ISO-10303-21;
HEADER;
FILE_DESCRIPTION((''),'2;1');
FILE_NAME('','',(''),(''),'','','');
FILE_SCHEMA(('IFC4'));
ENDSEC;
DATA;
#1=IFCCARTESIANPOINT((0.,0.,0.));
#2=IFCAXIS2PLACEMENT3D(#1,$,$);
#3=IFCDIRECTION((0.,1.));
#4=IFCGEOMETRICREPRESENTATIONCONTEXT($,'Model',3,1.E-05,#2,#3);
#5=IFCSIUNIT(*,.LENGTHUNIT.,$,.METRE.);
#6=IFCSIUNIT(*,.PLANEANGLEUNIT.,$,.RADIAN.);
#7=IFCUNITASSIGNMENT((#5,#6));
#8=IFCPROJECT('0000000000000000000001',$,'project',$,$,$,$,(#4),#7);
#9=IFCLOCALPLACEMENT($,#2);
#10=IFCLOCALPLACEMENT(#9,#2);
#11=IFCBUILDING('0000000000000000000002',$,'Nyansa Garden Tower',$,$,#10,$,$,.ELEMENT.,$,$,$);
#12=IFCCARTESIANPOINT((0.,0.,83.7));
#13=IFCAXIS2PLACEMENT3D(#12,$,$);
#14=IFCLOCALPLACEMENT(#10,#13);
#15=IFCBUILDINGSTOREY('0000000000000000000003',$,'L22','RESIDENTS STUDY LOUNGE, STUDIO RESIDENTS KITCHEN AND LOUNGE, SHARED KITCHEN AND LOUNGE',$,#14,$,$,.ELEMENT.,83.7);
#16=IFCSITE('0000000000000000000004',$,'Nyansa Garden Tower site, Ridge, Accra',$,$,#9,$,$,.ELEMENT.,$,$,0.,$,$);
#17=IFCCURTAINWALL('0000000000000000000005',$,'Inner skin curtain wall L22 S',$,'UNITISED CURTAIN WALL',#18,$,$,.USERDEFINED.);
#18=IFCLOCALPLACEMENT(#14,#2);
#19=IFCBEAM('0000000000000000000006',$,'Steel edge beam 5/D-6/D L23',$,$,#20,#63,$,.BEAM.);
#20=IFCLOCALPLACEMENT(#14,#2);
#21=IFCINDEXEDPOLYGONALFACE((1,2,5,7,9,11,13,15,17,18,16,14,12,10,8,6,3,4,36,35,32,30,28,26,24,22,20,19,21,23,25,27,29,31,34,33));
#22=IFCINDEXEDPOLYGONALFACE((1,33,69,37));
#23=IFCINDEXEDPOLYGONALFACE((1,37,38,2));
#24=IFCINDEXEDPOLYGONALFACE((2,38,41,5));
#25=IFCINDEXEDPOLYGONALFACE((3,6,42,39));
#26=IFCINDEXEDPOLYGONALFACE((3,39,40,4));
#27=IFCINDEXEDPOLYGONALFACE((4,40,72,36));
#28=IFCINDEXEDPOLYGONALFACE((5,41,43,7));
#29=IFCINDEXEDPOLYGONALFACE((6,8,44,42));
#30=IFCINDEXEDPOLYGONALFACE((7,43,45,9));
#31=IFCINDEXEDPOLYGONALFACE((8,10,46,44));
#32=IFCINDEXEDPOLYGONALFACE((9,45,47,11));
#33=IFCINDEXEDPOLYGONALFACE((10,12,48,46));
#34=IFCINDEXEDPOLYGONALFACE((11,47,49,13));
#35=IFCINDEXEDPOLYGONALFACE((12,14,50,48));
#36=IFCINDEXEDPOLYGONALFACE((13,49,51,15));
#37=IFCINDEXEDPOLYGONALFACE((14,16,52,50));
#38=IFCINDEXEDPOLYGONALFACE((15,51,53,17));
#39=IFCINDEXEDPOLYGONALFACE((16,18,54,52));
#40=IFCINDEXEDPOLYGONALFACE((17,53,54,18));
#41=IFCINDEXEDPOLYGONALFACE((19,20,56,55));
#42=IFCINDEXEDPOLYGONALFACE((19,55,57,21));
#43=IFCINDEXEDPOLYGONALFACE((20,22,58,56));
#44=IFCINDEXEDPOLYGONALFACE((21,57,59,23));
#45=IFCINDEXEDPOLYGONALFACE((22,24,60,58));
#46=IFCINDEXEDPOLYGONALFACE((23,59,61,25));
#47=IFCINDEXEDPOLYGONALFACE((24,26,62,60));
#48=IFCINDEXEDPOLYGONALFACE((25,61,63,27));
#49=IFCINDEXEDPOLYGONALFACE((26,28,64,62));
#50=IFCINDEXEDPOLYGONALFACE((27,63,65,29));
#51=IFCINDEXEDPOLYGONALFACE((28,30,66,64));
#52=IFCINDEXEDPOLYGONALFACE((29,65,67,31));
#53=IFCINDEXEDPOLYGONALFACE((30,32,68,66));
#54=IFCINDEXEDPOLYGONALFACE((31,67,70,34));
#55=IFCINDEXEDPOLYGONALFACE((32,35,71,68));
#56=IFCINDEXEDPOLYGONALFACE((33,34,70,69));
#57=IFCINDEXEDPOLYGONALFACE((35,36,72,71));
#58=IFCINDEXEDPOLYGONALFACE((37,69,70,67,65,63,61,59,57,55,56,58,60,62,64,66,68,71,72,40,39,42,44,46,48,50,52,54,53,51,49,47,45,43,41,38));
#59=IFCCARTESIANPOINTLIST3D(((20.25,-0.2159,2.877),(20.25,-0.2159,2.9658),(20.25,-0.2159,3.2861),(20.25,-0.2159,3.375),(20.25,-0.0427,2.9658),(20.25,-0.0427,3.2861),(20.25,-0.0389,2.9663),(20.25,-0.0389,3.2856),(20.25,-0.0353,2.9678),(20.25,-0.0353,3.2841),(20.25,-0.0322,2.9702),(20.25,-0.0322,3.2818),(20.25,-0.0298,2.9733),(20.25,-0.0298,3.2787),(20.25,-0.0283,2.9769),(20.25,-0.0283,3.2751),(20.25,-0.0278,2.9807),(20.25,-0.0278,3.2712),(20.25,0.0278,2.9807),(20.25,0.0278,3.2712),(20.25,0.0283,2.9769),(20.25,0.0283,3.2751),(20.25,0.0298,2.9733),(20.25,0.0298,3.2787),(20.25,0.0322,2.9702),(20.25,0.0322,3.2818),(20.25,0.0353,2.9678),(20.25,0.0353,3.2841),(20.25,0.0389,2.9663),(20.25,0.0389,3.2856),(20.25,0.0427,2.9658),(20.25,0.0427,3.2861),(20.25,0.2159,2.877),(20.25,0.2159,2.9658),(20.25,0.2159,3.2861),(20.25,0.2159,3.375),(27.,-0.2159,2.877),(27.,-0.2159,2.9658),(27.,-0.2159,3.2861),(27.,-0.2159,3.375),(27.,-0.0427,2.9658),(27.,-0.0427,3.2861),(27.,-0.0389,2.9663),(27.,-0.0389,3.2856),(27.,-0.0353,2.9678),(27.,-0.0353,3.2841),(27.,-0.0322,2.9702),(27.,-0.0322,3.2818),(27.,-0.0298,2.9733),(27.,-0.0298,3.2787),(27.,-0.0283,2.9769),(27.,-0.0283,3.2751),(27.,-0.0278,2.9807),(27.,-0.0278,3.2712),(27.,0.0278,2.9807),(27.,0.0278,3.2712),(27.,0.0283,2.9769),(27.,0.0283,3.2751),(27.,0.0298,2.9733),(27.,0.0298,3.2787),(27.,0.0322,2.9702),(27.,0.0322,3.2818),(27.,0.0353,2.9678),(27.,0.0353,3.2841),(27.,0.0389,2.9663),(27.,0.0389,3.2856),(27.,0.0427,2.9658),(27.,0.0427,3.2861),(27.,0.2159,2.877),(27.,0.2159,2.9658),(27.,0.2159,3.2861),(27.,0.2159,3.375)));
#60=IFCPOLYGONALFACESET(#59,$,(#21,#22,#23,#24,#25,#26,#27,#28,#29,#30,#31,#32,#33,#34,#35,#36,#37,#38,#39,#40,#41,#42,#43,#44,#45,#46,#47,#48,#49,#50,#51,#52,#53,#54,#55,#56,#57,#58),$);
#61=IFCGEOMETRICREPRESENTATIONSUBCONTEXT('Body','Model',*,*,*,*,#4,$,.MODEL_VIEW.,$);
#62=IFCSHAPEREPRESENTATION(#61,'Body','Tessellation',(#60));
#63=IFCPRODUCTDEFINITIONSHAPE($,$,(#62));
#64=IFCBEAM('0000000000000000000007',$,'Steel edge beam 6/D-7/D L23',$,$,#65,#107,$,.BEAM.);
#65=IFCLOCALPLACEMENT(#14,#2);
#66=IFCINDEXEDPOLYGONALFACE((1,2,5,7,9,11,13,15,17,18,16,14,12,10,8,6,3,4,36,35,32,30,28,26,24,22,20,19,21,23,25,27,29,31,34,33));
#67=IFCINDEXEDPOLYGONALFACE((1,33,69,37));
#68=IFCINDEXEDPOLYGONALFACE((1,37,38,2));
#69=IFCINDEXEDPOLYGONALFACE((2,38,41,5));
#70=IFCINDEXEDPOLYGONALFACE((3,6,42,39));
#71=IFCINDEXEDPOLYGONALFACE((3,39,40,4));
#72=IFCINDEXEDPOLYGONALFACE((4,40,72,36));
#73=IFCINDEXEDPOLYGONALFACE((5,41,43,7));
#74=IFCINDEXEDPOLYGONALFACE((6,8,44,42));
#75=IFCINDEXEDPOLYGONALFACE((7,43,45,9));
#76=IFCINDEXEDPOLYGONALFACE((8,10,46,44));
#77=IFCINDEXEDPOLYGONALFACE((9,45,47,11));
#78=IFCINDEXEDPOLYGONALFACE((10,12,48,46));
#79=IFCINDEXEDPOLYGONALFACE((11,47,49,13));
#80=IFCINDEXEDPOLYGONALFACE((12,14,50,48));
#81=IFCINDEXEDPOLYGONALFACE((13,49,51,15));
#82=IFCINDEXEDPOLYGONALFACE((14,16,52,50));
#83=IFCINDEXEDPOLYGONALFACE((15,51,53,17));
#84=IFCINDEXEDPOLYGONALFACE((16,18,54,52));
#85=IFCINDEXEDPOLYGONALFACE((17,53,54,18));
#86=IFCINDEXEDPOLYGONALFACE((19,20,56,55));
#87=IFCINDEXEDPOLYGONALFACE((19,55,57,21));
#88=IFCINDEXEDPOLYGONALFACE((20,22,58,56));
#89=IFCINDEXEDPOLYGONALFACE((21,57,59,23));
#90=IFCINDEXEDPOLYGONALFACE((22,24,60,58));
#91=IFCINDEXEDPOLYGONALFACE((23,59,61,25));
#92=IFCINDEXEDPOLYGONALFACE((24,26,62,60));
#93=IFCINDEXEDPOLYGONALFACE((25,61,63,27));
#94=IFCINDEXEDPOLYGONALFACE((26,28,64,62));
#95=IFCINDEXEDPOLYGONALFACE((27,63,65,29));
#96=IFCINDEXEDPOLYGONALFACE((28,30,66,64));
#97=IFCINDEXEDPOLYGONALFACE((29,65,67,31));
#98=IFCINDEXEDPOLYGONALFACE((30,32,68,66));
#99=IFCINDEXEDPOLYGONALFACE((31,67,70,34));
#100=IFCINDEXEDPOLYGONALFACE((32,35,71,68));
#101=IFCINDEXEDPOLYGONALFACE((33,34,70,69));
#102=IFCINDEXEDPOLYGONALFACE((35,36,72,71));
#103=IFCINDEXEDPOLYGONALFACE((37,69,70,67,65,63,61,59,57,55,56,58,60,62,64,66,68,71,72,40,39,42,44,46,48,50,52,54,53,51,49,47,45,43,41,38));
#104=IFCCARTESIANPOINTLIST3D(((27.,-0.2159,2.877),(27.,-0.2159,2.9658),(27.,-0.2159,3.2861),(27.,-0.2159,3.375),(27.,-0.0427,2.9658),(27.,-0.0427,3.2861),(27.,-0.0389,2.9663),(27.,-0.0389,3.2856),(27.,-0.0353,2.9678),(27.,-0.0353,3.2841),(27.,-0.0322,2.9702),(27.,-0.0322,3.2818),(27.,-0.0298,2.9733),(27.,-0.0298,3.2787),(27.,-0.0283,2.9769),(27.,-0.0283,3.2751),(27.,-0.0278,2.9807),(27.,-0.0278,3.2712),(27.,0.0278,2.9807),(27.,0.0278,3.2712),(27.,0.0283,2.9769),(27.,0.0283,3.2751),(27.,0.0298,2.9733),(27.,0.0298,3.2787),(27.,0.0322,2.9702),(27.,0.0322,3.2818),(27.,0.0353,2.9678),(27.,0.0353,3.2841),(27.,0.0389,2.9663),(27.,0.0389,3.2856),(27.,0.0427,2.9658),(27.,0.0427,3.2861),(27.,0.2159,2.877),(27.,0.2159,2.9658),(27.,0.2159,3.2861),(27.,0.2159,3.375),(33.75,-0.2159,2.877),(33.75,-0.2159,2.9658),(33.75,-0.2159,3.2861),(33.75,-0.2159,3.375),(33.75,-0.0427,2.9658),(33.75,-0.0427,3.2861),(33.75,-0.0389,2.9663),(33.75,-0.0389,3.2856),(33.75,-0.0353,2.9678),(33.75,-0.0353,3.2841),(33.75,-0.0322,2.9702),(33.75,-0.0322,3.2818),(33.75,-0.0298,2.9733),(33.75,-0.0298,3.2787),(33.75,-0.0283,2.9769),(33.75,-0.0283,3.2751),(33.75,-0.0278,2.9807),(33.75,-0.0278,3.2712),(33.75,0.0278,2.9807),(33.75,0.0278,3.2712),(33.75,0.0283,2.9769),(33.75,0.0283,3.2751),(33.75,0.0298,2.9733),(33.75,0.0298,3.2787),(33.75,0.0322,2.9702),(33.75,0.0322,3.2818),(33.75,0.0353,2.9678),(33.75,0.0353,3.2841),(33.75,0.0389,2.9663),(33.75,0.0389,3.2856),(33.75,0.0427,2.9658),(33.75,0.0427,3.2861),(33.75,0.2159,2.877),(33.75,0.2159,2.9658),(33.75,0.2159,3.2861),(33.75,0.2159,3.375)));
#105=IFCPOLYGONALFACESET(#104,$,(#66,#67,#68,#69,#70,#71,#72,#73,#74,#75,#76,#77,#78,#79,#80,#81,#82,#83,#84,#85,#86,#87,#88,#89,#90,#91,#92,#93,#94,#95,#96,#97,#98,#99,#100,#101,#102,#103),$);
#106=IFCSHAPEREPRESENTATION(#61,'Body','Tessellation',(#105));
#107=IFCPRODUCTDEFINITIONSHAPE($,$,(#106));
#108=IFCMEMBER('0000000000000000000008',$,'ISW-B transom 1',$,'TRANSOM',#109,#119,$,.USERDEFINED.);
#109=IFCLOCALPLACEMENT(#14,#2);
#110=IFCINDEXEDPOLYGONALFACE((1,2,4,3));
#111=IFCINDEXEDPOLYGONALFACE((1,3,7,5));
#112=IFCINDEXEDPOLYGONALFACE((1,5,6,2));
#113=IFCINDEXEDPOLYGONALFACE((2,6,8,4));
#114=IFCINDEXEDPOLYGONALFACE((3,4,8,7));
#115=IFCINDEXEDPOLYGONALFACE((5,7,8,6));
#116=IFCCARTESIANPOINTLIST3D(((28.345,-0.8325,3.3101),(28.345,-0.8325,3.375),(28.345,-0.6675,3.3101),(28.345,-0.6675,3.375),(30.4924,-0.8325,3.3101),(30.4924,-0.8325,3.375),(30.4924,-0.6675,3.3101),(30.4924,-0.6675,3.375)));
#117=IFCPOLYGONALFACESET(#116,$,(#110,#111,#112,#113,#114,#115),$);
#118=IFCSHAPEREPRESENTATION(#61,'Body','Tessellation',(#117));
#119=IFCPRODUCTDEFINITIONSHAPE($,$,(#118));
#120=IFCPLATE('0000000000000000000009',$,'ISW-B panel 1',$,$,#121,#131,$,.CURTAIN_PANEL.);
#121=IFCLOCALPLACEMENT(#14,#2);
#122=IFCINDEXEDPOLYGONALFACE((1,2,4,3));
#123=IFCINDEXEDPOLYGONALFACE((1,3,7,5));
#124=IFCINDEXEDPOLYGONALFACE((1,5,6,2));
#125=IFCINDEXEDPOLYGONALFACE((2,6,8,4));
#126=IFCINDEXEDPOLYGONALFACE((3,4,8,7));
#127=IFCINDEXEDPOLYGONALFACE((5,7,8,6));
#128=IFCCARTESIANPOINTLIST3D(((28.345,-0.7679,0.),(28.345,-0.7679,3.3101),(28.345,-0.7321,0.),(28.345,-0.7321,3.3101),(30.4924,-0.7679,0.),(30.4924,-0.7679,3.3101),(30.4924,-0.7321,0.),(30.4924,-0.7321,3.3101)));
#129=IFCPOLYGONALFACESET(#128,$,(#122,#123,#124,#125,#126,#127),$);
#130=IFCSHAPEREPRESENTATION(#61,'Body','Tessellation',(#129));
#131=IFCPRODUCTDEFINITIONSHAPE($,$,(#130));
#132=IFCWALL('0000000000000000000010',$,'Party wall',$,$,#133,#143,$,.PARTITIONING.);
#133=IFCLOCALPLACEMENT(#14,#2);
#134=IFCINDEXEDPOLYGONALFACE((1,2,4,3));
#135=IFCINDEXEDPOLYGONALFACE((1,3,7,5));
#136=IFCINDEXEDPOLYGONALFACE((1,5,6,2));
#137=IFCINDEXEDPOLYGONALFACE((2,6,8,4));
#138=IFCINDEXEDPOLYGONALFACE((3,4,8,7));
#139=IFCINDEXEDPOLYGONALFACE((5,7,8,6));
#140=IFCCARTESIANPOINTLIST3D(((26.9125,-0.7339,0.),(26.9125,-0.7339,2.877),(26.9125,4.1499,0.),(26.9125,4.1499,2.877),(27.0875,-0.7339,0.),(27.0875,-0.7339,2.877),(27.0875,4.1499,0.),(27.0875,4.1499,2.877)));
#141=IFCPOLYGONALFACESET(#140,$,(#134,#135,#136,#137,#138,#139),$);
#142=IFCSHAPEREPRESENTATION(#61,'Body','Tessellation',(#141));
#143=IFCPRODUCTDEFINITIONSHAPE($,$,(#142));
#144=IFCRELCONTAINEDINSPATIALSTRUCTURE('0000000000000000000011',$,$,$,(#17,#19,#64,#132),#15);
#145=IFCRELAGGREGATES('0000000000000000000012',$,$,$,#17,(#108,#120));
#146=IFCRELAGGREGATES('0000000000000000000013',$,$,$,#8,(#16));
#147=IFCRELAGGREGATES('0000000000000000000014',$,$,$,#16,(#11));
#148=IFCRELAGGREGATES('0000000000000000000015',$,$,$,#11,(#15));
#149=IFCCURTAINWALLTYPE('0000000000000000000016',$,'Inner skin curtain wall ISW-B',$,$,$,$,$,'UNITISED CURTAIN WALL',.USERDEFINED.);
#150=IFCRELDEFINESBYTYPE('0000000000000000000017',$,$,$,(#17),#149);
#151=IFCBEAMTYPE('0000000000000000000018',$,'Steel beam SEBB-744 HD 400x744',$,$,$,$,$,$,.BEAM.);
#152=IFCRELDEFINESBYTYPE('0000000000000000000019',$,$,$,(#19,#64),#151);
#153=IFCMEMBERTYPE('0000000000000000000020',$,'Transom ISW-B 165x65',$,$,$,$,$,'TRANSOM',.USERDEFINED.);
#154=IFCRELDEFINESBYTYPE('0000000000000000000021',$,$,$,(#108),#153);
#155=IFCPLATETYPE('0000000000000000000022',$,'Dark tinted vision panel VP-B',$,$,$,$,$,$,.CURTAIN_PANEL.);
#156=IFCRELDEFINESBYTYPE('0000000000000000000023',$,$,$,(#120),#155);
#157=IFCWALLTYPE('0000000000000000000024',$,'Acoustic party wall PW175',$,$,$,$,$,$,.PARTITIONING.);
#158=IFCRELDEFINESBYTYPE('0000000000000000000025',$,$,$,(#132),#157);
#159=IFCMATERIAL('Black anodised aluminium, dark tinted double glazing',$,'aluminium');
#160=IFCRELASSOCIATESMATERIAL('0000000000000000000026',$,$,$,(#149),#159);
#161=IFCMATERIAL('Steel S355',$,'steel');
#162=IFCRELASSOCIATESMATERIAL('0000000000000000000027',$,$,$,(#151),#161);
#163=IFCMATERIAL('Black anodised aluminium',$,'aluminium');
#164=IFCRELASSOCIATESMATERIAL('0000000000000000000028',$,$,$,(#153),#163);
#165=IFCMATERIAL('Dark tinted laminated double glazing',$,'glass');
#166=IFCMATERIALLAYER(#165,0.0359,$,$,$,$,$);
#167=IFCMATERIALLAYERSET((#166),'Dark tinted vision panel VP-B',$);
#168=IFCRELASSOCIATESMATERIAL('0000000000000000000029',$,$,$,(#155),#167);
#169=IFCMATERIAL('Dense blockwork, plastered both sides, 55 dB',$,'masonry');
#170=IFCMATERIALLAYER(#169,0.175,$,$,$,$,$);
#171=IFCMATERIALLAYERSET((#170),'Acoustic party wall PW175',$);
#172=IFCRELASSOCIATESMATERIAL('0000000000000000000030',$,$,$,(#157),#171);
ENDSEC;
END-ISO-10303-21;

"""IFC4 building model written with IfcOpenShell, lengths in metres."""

from ifc_helpers import new_model, si_unit, direction, frame, frame_2d, origin, origin_2d, place, context, subcontext, project, spatial, rectangle, i_section, extrude, material, layer, layer_set, material_profile, profile_set, type_object, element, aggregate, save


model = new_model("IFC4")

# Units and contexts
model_context = context("Model", 3, precision=1e-05, world=origin(), true_north=direction((0.0, 1.0)))
body_context = subcontext(model_context, "Body", "Model", "MODEL_VIEW")
ifc_project = project(units=[si_unit("LENGTHUNIT", "METRE"), si_unit("PLANEANGLEUNIT", "RADIAN")], contexts=[model_context])

# Site, building, storey
site_placement = place(None, origin())
site = spatial("IfcSite", under=ifc_project, at=site_placement, Name="Nyansa Garden Tower site, Ridge, Accra", CompositionType="ELEMENT", RefElevation=0.0)
building_placement = place(site_placement, origin())
building = spatial("IfcBuilding", under=site, at=building_placement, Name="Nyansa Garden Tower", CompositionType="ELEMENT")
storey_placement = place(building_placement, frame((0.0, 0.0, 83.7)))
storey = spatial("IfcBuildingStorey", under=building, at=storey_placement, Name="L22", Description="RESIDENTS STUDY LOUNGE, STUDIO RESIDENTS KITCHEN AND LOUNGE, SHARED KITCHEN AND LOUNGE", CompositionType="ELEMENT", Elevation=83.7)

# Shared definitions
ifc_material_1 = material(Name="Black anodised aluminium, dark tinted double glazing", Category="aluminium")
curtain_wall_type = type_object("IfcCurtainWallType", Name="Inner skin curtain wall ISW-B", ElementType="UNITISED CURTAIN WALL", PredefinedType="USERDEFINED", material=ifc_material_1)

# Curtain wall
curtain_wall_1_placement = place(storey_placement, origin())
curtain_wall_1 = element("IfcCurtainWall", 1, at=curtain_wall_1_placement, inside=storey, type_object=curtain_wall_type, Name="Inner skin curtain wall L22 S", ObjectType="UNITISED CURTAIN WALL", PredefinedType="USERDEFINED")

# Beams
ifc_material_2 = material(Name="Steel S355", Category="steel")
ifc_material_profile_1 = material_profile(ifc_material_2, i_section(OverallWidth=0.4319, OverallDepth=0.498, WebThickness=0.0557, FlangeThickness=0.0889, FilletRadius=0.0149, at=origin_2d()), Name="HD 400x744")
ifc_profile_set_1 = profile_set([ifc_material_profile_1], Name="Steel S355")
beam_type_1 = type_object("IfcBeamType", Name="Steel beam SEBB-744 HD 400x744", PredefinedType="BEAM", material=ifc_profile_set_1)
for number, where, z_axis, x_axis, name in (
    (2, (20.25, 0.0, 3.126), (1.0, 0.0, 0.0), (0.0, 1.0, 0.0), "Steel edge beam 5/D-6/D L23"),
    (3, (27.0, 0.0, 3.126), (1.0, 0.0, 0.0), (0.0, 1.0, 0.0), "Steel edge beam 6/D-7/D L23"),
):
    element("IfcBeam", number, at=place(storey_placement, frame(where, z_axis=z_axis, x_axis=x_axis)), inside=storey, type_object=beam_type_1, Name=name, PredefinedType="BEAM", context=body_context, shape_type="SweptSolid", body=[
        extrude(i_section(OverallWidth=0.4319, OverallDepth=0.498, WebThickness=0.0557, FlangeThickness=0.0889, FilletRadius=0.0149, at=origin_2d()), origin(), (0.0, 0.0, 1.0), 6.75),
    ])

# Member
ifc_material_3 = material(Name="Black anodised aluminium", Category="aluminium")
ifc_material_profile_2 = material_profile(ifc_material_3, rectangle(XDim=0.165, YDim=0.0649, at=origin_2d()), Name="Transom 165x65")
ifc_profile_set_2 = profile_set([ifc_material_profile_2], Name="Black anodised aluminium")
member_type_1 = type_object("IfcMemberType", Name="Transom ISW-B 165x65", ElementType="TRANSOM", PredefinedType="USERDEFINED", material=ifc_profile_set_2)
member_1_placement = place(storey_placement, frame((28.345, -0.75, 3.3425), z_axis=(1.0, 0.0, 0.0), x_axis=(0.0, 1.0, 0.0)))
member_1 = element("IfcMember", 4, at=member_1_placement, type_object=member_type_1, Name="ISW-B transom 1", ObjectType="TRANSOM", PredefinedType="USERDEFINED", context=body_context, shape_type="SweptSolid", body=[
    extrude(rectangle(XDim=0.165, YDim=0.0649, at=origin_2d()), origin(), (0.0, 0.0, 1.0), 2.1475),
])

# Plate
ifc_material_4 = material(Name="Dark tinted laminated double glazing", Category="glass")
ifc_layer_1 = layer(ifc_material_4, 0.0359)
ifc_layer_set_1 = layer_set([ifc_layer_1], Name="Dark tinted vision panel VP-B")
plate_type = type_object("IfcPlateType", Name="Dark tinted vision panel VP-B", PredefinedType="CURTAIN_PANEL", material=ifc_layer_set_1)
plate_placement = place(storey_placement, frame((29.4187, -0.75, 0.0), z_axis=(0.0, 0.0, 1.0), x_axis=(1.0, 0.0, 0.0)))
plate = element("IfcPlate", 5, at=plate_placement, type_object=plate_type, Name="ISW-B panel 1", PredefinedType="CURTAIN_PANEL", context=body_context, shape_type="SweptSolid", body=[
    extrude(rectangle(XDim=2.1475, YDim=0.0359, at=origin_2d()), origin(), (0.0, 0.0, 1.0), 3.3101),
])
aggregate(curtain_wall_1, [member_1, plate])

# Wall
ifc_material_5 = material(Name="Dense blockwork, plastered both sides, 55 dB", Category="masonry")
ifc_layer_2 = layer(ifc_material_5, 0.175)
ifc_layer_set_2 = layer_set([ifc_layer_2], Name="Acoustic party wall PW175")
wall_type_1 = type_object("IfcWallType", Name="Acoustic party wall PW175", PredefinedType="PARTITIONING", material=ifc_layer_set_2)
wall_1_placement = place(storey_placement, frame((27.0, -0.7339, 0.0), z_axis=(0.0, 0.0, 1.0), x_axis=(0.0, 1.0, 0.0)))
element("IfcWall", 6, at=wall_1_placement, inside=storey, type_object=wall_type_1, Name="Party wall", PredefinedType="PARTITIONING", context=body_context, shape_type="SweptSolid", body=[
    extrude(rectangle(XDim=4.8838, YDim=0.175, at=frame_2d((2.4419, 0.0))), origin(), (0.0, 0.0, 1.0), 2.877),
])

save(model, "model.ifc")
